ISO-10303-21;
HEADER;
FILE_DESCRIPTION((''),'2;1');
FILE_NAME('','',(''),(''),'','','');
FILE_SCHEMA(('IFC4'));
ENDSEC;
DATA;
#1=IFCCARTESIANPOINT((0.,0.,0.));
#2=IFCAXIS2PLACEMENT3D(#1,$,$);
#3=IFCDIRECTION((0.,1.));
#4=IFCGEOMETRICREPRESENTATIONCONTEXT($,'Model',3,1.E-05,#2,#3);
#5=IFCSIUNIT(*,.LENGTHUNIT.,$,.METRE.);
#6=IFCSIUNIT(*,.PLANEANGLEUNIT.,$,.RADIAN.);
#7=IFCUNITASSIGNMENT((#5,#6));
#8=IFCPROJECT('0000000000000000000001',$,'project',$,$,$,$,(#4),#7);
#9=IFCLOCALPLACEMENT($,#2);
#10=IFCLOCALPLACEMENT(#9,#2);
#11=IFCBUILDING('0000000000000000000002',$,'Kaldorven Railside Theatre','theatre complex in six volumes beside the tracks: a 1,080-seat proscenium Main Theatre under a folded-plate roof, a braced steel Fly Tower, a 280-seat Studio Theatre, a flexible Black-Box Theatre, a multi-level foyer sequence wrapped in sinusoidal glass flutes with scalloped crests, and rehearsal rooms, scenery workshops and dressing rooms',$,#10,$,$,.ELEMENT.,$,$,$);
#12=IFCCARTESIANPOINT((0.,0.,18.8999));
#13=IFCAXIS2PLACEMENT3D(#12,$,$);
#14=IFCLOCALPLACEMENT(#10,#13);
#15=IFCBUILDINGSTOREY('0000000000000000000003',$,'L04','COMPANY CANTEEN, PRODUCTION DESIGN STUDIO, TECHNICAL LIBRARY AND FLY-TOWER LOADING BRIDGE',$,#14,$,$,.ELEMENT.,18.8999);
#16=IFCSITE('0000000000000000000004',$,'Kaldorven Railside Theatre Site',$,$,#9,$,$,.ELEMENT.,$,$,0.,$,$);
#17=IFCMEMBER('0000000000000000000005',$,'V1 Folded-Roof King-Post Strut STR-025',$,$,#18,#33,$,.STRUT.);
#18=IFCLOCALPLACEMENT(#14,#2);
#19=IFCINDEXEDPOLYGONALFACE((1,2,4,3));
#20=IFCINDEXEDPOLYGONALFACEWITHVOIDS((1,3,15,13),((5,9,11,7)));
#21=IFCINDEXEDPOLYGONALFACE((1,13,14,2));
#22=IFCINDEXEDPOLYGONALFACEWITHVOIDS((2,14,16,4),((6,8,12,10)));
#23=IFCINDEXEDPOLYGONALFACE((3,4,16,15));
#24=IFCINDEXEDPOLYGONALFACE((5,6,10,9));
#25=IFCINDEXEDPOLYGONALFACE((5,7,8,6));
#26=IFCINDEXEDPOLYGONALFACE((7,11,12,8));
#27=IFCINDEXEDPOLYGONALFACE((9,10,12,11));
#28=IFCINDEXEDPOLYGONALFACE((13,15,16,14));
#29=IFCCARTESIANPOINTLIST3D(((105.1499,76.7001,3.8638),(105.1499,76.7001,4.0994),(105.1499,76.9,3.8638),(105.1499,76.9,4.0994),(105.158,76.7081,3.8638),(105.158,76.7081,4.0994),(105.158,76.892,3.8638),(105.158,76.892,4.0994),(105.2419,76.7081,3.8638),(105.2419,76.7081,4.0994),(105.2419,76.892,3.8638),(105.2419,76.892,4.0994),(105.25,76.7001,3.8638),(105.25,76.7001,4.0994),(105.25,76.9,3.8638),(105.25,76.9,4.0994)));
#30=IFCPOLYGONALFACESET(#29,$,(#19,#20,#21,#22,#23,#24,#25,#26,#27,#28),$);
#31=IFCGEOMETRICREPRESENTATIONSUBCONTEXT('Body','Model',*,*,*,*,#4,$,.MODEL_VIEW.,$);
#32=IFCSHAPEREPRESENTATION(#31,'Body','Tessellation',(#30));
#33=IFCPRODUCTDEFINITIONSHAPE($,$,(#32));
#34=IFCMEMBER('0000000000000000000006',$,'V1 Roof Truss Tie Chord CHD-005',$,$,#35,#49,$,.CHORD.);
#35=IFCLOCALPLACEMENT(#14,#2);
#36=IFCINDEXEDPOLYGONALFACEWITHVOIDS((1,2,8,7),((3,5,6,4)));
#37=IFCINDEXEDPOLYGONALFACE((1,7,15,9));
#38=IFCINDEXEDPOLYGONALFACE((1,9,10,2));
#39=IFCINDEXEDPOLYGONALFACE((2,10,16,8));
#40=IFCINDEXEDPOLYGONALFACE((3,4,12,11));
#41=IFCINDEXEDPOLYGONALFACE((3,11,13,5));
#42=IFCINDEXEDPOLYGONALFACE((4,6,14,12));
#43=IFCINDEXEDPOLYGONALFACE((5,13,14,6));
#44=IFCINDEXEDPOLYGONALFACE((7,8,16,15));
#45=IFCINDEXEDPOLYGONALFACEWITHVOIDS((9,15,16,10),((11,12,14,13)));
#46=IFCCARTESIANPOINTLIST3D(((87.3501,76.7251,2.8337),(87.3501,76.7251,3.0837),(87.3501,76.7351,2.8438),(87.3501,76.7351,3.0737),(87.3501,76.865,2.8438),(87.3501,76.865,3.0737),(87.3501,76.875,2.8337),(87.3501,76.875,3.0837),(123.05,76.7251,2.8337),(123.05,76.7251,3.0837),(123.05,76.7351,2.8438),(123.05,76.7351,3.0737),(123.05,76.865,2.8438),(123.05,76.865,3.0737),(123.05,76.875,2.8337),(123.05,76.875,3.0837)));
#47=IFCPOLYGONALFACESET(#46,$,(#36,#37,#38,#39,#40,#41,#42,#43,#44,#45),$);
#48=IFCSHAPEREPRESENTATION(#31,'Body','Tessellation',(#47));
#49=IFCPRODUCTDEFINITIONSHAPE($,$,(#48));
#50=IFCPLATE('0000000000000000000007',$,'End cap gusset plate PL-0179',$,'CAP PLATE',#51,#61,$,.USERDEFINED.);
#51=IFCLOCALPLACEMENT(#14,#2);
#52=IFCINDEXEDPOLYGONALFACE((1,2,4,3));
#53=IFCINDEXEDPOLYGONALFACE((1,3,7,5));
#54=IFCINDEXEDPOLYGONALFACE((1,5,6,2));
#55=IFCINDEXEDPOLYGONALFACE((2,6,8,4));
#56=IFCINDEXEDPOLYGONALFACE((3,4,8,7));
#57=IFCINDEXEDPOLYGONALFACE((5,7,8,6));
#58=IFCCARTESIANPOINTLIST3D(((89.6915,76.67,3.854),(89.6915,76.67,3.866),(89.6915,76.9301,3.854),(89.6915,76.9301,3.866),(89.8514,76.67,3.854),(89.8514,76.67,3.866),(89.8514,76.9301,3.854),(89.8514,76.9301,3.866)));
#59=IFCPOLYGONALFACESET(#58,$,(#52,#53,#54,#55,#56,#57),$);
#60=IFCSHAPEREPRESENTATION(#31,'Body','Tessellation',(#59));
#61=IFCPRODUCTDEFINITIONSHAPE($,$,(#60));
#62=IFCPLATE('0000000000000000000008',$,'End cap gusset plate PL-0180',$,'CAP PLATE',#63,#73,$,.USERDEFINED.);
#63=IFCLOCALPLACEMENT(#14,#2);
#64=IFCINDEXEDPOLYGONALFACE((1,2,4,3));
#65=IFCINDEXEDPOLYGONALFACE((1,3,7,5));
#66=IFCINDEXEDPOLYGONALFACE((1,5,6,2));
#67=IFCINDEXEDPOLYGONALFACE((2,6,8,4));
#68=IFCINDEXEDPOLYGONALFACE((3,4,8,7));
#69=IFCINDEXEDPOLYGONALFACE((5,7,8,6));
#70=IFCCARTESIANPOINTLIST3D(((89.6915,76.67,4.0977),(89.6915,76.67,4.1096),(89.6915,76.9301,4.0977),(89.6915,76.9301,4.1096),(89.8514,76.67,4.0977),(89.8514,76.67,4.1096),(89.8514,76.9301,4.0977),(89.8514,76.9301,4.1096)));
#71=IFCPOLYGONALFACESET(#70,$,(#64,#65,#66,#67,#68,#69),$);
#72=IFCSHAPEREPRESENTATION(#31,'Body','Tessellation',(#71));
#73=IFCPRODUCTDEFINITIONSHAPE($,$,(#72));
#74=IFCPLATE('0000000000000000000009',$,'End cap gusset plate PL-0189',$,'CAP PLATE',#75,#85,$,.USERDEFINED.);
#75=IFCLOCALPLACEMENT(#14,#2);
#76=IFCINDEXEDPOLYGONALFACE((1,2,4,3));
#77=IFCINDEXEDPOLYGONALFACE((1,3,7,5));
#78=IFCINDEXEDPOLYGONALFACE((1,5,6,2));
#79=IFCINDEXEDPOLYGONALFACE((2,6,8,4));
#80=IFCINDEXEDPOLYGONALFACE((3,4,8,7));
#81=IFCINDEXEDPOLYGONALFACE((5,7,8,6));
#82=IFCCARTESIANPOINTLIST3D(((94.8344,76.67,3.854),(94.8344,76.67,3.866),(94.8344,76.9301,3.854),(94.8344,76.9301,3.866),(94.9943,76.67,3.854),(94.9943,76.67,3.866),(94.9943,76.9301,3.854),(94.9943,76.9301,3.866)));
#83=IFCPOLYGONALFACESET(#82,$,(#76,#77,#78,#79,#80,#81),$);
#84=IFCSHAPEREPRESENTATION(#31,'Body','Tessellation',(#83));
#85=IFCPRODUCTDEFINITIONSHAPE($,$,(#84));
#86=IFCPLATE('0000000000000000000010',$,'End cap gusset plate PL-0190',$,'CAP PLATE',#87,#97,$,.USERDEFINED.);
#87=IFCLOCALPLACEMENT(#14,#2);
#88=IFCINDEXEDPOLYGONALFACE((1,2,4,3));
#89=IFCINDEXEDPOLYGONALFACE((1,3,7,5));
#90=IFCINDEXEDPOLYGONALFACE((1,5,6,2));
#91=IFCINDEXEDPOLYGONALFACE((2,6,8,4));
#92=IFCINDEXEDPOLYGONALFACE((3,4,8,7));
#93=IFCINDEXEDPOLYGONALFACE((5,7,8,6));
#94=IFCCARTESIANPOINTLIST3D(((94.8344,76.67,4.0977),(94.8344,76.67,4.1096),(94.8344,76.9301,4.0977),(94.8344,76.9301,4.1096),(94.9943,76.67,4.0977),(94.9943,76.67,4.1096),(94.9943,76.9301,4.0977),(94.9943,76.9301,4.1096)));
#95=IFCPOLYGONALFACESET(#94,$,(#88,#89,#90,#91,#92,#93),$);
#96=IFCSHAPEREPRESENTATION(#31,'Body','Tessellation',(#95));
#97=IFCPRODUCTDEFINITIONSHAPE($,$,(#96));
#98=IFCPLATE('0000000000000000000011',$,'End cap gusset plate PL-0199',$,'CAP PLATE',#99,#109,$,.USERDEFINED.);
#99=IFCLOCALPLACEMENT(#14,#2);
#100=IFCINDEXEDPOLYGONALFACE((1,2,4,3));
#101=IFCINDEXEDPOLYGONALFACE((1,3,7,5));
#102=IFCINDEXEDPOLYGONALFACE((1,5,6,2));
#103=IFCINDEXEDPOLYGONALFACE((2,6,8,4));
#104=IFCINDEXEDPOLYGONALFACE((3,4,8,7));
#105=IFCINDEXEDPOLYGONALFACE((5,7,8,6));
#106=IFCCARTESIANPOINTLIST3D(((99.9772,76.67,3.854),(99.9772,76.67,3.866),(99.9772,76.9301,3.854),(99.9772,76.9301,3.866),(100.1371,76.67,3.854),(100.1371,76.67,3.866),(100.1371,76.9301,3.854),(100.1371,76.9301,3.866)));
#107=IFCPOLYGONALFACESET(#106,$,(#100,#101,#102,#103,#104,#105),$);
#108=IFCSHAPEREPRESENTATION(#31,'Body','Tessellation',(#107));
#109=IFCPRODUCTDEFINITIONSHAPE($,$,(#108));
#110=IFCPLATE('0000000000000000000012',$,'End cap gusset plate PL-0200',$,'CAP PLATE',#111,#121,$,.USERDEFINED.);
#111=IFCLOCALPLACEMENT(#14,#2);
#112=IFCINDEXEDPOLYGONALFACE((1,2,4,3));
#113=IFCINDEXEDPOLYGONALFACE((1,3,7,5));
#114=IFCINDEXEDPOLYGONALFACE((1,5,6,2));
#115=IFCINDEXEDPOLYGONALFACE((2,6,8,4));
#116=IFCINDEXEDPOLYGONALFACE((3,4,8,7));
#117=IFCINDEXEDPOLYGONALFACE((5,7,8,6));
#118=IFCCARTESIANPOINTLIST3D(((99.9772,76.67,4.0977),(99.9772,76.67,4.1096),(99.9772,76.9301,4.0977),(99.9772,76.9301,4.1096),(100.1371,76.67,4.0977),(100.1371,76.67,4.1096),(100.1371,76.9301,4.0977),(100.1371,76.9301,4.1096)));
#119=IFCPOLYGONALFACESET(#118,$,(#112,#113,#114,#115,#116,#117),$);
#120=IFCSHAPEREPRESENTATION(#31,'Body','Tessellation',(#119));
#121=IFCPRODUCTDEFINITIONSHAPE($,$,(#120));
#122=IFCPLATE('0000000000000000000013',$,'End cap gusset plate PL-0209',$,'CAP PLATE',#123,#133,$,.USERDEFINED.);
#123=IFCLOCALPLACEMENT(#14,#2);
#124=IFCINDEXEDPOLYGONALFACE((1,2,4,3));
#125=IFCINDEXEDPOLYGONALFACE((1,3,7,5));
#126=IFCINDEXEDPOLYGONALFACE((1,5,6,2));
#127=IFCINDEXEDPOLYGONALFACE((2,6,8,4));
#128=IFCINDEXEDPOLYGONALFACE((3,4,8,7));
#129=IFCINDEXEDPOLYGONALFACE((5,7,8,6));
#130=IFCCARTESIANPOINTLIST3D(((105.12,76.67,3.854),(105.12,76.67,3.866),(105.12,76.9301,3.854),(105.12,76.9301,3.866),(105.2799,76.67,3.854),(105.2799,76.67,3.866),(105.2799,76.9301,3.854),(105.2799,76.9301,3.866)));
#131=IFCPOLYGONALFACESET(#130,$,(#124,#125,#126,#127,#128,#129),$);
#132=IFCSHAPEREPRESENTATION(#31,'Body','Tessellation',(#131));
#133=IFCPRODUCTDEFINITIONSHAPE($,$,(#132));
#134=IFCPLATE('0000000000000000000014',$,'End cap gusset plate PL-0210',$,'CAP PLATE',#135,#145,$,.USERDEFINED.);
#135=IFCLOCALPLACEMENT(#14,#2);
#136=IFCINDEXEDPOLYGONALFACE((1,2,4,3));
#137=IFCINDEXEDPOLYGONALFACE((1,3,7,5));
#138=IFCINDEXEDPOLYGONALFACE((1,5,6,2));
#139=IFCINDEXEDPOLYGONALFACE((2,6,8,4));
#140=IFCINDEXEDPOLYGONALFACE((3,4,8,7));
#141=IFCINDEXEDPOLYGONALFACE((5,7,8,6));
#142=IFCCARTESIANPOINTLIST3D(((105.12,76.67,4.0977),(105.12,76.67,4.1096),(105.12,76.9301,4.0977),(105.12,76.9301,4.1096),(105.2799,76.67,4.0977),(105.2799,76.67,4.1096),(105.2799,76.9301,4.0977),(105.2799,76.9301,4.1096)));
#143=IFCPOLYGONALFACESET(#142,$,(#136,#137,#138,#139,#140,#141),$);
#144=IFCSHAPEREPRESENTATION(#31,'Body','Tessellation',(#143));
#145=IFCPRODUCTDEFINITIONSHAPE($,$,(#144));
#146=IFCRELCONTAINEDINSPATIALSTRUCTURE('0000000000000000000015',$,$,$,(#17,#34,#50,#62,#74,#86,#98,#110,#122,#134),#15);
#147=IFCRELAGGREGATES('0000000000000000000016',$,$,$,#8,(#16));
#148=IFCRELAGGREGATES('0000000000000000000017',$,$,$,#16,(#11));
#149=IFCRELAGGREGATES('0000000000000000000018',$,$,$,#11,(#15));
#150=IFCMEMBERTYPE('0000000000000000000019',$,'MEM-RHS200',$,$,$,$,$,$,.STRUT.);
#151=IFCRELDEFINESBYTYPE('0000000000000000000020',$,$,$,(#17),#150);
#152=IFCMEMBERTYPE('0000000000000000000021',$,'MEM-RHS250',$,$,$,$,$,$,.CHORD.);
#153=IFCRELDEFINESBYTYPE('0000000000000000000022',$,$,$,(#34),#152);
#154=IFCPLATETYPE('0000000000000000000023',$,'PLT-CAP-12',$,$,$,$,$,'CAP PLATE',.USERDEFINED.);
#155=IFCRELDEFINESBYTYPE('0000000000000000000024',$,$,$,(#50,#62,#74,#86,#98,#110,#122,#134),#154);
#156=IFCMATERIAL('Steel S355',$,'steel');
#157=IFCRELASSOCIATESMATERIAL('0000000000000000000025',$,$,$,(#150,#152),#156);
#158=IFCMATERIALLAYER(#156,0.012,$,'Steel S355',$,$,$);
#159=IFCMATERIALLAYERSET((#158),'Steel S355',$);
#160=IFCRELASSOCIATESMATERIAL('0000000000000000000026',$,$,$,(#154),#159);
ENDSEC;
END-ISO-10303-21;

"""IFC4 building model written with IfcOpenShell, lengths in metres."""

from ifc_helpers import new_model, si_unit, direction, frame, origin, origin_2d, place, context, subcontext, project, spatial, rectangle, hollow_rectangle, extrude, material, layer, layer_set, material_profile, profile_set, type_object, element, save


model = new_model("IFC4")

# Units and contexts
model_context = context("Model", 3, precision=1e-05, world=origin(), true_north=direction((0.0, 1.0)))
body_context = subcontext(model_context, "Body", "Model", "MODEL_VIEW")
ifc_project = project(units=[si_unit("LENGTHUNIT", "METRE"), si_unit("PLANEANGLEUNIT", "RADIAN")], contexts=[model_context])

# Site, building, storey
site_placement = place(None, origin())
site = spatial("IfcSite", under=ifc_project, at=site_placement, Name="Kaldorven Railside Theatre Site", CompositionType="ELEMENT", RefElevation=0.0)
building_placement = place(site_placement, origin())
building = spatial("IfcBuilding", under=site, at=building_placement, Name="Kaldorven Railside Theatre", Description="theatre complex in six volumes beside the tracks: a 1,080-seat proscenium Main Theatre under a folded-plate roof, a braced steel Fly Tower, a 280-seat Studio Theatre, a flexible Black-Box Theatre, a multi-level foyer sequence wrapped in sinusoidal glass flutes with scalloped crests, and rehearsal rooms, scenery workshops and dressing rooms", CompositionType="ELEMENT")
storey_placement = place(building_placement, frame((0.0, 0.0, 18.8999)))
storey = spatial("IfcBuildingStorey", under=building, at=storey_placement, Name="L04", Description="COMPANY CANTEEN, PRODUCTION DESIGN STUDIO, TECHNICAL LIBRARY AND FLY-TOWER LOADING BRIDGE", CompositionType="ELEMENT", Elevation=18.8999)

# Shared definitions
ifc_material = material(Name="Steel S355", Category="steel")

# Members
ifc_material_profile_1 = material_profile(ifc_material, hollow_rectangle(XDim=0.1001, YDim=0.2, WallThickness=0.0081, at=origin_2d()), Name="RHS 200x100x8")
ifc_profile_set_1 = profile_set([ifc_material_profile_1], Name="Steel S355")
member_type_1 = type_object("IfcMemberType", Name="MEM-RHS200", PredefinedType="STRUT", material=ifc_profile_set_1)
for number, where, z_axis, x_axis, name in (
    (1, (105.2, 76.8, 3.8638), (0.0, 0.0, 1.0), (1.0, 0.0, 0.0), "V1 Folded-Roof King-Post Strut STR-025"),
):
    element("IfcMember", number, at=place(storey_placement, frame(where, z_axis=z_axis, x_axis=x_axis)), inside=storey, type_object=member_type_1, Name=name, PredefinedType="STRUT", context=body_context, shape_type="SweptSolid", body=[
        extrude(hollow_rectangle(XDim=0.1001, YDim=0.2, WallThickness=0.0081, at=origin_2d()), origin(), (0.0, 0.0, 1.0), 0.2356),
    ])
ifc_material_profile_2 = material_profile(ifc_material, hollow_rectangle(XDim=0.1499, YDim=0.25, WallThickness=0.01, at=origin_2d()), Name="RHS 250x150x10")
ifc_profile_set_2 = profile_set([ifc_material_profile_2], Name="Steel S355")
member_type_2 = type_object("IfcMemberType", Name="MEM-RHS250", PredefinedType="CHORD", material=ifc_profile_set_2)
member_placement = place(storey_placement, frame((87.3501, 76.8, 2.9587), z_axis=(1.0, 0.0, 0.0), x_axis=(0.0, 1.0, 0.0)))
element("IfcMember", 2, at=member_placement, inside=storey, type_object=member_type_2, Name="V1 Roof Truss Tie Chord CHD-005", PredefinedType="CHORD", context=body_context, shape_type="SweptSolid", body=[
    extrude(hollow_rectangle(XDim=0.1499, YDim=0.25, WallThickness=0.01, at=origin_2d()), origin(), (0.0, 0.0, 1.0), 35.7),
])

# Plates
ifc_layer = layer(ifc_material, 0.012, Name="Steel S355")
ifc_layer_set = layer_set([ifc_layer], Name="Steel S355")
plate_type = type_object("IfcPlateType", Name="PLT-CAP-12", ElementType="CAP PLATE", PredefinedType="USERDEFINED", material=ifc_layer_set)
for number, where, z_axis, x_axis, name in (
    (3, (89.7715, 76.8, 3.854), (0.0, 0.0, 1.0), (1.0, 0.0, 0.0), "End cap gusset plate PL-0179"),
    (4, (89.7715, 76.8, 4.0977), (0.0, 0.0, 1.0), (1.0, 0.0, 0.0), "End cap gusset plate PL-0180"),
    (5, (94.9143, 76.8, 3.854), (0.0, 0.0, 1.0), (1.0, 0.0, 0.0), "End cap gusset plate PL-0189"),
    (6, (94.9143, 76.8, 4.0977), (0.0, 0.0, 1.0), (1.0, 0.0, 0.0), "End cap gusset plate PL-0190"),
    (7, (100.0571, 76.8, 3.854), (0.0, 0.0, 1.0), (1.0, 0.0, 0.0), "End cap gusset plate PL-0199"),
    (8, (100.0571, 76.8, 4.0977), (0.0, 0.0, 1.0), (1.0, 0.0, 0.0), "End cap gusset plate PL-0200"),
    (9, (105.2, 76.8, 3.854), (0.0, 0.0, 1.0), (1.0, 0.0, 0.0), "End cap gusset plate PL-0209"),
    (10, (105.2, 76.8, 4.0977), (0.0, 0.0, 1.0), (1.0, 0.0, 0.0), "End cap gusset plate PL-0210"),
):
    element("IfcPlate", number, at=place(storey_placement, frame(where, z_axis=z_axis, x_axis=x_axis)), inside=storey, type_object=plate_type, Name=name, ObjectType="CAP PLATE", PredefinedType="USERDEFINED", context=body_context, shape_type="SweptSolid", body=[
        extrude(rectangle(XDim=0.1599, YDim=0.26, at=origin_2d()), origin(), (0.0, 0.0, 1.0), 0.012),
    ])

save(model, "model.ifc")
